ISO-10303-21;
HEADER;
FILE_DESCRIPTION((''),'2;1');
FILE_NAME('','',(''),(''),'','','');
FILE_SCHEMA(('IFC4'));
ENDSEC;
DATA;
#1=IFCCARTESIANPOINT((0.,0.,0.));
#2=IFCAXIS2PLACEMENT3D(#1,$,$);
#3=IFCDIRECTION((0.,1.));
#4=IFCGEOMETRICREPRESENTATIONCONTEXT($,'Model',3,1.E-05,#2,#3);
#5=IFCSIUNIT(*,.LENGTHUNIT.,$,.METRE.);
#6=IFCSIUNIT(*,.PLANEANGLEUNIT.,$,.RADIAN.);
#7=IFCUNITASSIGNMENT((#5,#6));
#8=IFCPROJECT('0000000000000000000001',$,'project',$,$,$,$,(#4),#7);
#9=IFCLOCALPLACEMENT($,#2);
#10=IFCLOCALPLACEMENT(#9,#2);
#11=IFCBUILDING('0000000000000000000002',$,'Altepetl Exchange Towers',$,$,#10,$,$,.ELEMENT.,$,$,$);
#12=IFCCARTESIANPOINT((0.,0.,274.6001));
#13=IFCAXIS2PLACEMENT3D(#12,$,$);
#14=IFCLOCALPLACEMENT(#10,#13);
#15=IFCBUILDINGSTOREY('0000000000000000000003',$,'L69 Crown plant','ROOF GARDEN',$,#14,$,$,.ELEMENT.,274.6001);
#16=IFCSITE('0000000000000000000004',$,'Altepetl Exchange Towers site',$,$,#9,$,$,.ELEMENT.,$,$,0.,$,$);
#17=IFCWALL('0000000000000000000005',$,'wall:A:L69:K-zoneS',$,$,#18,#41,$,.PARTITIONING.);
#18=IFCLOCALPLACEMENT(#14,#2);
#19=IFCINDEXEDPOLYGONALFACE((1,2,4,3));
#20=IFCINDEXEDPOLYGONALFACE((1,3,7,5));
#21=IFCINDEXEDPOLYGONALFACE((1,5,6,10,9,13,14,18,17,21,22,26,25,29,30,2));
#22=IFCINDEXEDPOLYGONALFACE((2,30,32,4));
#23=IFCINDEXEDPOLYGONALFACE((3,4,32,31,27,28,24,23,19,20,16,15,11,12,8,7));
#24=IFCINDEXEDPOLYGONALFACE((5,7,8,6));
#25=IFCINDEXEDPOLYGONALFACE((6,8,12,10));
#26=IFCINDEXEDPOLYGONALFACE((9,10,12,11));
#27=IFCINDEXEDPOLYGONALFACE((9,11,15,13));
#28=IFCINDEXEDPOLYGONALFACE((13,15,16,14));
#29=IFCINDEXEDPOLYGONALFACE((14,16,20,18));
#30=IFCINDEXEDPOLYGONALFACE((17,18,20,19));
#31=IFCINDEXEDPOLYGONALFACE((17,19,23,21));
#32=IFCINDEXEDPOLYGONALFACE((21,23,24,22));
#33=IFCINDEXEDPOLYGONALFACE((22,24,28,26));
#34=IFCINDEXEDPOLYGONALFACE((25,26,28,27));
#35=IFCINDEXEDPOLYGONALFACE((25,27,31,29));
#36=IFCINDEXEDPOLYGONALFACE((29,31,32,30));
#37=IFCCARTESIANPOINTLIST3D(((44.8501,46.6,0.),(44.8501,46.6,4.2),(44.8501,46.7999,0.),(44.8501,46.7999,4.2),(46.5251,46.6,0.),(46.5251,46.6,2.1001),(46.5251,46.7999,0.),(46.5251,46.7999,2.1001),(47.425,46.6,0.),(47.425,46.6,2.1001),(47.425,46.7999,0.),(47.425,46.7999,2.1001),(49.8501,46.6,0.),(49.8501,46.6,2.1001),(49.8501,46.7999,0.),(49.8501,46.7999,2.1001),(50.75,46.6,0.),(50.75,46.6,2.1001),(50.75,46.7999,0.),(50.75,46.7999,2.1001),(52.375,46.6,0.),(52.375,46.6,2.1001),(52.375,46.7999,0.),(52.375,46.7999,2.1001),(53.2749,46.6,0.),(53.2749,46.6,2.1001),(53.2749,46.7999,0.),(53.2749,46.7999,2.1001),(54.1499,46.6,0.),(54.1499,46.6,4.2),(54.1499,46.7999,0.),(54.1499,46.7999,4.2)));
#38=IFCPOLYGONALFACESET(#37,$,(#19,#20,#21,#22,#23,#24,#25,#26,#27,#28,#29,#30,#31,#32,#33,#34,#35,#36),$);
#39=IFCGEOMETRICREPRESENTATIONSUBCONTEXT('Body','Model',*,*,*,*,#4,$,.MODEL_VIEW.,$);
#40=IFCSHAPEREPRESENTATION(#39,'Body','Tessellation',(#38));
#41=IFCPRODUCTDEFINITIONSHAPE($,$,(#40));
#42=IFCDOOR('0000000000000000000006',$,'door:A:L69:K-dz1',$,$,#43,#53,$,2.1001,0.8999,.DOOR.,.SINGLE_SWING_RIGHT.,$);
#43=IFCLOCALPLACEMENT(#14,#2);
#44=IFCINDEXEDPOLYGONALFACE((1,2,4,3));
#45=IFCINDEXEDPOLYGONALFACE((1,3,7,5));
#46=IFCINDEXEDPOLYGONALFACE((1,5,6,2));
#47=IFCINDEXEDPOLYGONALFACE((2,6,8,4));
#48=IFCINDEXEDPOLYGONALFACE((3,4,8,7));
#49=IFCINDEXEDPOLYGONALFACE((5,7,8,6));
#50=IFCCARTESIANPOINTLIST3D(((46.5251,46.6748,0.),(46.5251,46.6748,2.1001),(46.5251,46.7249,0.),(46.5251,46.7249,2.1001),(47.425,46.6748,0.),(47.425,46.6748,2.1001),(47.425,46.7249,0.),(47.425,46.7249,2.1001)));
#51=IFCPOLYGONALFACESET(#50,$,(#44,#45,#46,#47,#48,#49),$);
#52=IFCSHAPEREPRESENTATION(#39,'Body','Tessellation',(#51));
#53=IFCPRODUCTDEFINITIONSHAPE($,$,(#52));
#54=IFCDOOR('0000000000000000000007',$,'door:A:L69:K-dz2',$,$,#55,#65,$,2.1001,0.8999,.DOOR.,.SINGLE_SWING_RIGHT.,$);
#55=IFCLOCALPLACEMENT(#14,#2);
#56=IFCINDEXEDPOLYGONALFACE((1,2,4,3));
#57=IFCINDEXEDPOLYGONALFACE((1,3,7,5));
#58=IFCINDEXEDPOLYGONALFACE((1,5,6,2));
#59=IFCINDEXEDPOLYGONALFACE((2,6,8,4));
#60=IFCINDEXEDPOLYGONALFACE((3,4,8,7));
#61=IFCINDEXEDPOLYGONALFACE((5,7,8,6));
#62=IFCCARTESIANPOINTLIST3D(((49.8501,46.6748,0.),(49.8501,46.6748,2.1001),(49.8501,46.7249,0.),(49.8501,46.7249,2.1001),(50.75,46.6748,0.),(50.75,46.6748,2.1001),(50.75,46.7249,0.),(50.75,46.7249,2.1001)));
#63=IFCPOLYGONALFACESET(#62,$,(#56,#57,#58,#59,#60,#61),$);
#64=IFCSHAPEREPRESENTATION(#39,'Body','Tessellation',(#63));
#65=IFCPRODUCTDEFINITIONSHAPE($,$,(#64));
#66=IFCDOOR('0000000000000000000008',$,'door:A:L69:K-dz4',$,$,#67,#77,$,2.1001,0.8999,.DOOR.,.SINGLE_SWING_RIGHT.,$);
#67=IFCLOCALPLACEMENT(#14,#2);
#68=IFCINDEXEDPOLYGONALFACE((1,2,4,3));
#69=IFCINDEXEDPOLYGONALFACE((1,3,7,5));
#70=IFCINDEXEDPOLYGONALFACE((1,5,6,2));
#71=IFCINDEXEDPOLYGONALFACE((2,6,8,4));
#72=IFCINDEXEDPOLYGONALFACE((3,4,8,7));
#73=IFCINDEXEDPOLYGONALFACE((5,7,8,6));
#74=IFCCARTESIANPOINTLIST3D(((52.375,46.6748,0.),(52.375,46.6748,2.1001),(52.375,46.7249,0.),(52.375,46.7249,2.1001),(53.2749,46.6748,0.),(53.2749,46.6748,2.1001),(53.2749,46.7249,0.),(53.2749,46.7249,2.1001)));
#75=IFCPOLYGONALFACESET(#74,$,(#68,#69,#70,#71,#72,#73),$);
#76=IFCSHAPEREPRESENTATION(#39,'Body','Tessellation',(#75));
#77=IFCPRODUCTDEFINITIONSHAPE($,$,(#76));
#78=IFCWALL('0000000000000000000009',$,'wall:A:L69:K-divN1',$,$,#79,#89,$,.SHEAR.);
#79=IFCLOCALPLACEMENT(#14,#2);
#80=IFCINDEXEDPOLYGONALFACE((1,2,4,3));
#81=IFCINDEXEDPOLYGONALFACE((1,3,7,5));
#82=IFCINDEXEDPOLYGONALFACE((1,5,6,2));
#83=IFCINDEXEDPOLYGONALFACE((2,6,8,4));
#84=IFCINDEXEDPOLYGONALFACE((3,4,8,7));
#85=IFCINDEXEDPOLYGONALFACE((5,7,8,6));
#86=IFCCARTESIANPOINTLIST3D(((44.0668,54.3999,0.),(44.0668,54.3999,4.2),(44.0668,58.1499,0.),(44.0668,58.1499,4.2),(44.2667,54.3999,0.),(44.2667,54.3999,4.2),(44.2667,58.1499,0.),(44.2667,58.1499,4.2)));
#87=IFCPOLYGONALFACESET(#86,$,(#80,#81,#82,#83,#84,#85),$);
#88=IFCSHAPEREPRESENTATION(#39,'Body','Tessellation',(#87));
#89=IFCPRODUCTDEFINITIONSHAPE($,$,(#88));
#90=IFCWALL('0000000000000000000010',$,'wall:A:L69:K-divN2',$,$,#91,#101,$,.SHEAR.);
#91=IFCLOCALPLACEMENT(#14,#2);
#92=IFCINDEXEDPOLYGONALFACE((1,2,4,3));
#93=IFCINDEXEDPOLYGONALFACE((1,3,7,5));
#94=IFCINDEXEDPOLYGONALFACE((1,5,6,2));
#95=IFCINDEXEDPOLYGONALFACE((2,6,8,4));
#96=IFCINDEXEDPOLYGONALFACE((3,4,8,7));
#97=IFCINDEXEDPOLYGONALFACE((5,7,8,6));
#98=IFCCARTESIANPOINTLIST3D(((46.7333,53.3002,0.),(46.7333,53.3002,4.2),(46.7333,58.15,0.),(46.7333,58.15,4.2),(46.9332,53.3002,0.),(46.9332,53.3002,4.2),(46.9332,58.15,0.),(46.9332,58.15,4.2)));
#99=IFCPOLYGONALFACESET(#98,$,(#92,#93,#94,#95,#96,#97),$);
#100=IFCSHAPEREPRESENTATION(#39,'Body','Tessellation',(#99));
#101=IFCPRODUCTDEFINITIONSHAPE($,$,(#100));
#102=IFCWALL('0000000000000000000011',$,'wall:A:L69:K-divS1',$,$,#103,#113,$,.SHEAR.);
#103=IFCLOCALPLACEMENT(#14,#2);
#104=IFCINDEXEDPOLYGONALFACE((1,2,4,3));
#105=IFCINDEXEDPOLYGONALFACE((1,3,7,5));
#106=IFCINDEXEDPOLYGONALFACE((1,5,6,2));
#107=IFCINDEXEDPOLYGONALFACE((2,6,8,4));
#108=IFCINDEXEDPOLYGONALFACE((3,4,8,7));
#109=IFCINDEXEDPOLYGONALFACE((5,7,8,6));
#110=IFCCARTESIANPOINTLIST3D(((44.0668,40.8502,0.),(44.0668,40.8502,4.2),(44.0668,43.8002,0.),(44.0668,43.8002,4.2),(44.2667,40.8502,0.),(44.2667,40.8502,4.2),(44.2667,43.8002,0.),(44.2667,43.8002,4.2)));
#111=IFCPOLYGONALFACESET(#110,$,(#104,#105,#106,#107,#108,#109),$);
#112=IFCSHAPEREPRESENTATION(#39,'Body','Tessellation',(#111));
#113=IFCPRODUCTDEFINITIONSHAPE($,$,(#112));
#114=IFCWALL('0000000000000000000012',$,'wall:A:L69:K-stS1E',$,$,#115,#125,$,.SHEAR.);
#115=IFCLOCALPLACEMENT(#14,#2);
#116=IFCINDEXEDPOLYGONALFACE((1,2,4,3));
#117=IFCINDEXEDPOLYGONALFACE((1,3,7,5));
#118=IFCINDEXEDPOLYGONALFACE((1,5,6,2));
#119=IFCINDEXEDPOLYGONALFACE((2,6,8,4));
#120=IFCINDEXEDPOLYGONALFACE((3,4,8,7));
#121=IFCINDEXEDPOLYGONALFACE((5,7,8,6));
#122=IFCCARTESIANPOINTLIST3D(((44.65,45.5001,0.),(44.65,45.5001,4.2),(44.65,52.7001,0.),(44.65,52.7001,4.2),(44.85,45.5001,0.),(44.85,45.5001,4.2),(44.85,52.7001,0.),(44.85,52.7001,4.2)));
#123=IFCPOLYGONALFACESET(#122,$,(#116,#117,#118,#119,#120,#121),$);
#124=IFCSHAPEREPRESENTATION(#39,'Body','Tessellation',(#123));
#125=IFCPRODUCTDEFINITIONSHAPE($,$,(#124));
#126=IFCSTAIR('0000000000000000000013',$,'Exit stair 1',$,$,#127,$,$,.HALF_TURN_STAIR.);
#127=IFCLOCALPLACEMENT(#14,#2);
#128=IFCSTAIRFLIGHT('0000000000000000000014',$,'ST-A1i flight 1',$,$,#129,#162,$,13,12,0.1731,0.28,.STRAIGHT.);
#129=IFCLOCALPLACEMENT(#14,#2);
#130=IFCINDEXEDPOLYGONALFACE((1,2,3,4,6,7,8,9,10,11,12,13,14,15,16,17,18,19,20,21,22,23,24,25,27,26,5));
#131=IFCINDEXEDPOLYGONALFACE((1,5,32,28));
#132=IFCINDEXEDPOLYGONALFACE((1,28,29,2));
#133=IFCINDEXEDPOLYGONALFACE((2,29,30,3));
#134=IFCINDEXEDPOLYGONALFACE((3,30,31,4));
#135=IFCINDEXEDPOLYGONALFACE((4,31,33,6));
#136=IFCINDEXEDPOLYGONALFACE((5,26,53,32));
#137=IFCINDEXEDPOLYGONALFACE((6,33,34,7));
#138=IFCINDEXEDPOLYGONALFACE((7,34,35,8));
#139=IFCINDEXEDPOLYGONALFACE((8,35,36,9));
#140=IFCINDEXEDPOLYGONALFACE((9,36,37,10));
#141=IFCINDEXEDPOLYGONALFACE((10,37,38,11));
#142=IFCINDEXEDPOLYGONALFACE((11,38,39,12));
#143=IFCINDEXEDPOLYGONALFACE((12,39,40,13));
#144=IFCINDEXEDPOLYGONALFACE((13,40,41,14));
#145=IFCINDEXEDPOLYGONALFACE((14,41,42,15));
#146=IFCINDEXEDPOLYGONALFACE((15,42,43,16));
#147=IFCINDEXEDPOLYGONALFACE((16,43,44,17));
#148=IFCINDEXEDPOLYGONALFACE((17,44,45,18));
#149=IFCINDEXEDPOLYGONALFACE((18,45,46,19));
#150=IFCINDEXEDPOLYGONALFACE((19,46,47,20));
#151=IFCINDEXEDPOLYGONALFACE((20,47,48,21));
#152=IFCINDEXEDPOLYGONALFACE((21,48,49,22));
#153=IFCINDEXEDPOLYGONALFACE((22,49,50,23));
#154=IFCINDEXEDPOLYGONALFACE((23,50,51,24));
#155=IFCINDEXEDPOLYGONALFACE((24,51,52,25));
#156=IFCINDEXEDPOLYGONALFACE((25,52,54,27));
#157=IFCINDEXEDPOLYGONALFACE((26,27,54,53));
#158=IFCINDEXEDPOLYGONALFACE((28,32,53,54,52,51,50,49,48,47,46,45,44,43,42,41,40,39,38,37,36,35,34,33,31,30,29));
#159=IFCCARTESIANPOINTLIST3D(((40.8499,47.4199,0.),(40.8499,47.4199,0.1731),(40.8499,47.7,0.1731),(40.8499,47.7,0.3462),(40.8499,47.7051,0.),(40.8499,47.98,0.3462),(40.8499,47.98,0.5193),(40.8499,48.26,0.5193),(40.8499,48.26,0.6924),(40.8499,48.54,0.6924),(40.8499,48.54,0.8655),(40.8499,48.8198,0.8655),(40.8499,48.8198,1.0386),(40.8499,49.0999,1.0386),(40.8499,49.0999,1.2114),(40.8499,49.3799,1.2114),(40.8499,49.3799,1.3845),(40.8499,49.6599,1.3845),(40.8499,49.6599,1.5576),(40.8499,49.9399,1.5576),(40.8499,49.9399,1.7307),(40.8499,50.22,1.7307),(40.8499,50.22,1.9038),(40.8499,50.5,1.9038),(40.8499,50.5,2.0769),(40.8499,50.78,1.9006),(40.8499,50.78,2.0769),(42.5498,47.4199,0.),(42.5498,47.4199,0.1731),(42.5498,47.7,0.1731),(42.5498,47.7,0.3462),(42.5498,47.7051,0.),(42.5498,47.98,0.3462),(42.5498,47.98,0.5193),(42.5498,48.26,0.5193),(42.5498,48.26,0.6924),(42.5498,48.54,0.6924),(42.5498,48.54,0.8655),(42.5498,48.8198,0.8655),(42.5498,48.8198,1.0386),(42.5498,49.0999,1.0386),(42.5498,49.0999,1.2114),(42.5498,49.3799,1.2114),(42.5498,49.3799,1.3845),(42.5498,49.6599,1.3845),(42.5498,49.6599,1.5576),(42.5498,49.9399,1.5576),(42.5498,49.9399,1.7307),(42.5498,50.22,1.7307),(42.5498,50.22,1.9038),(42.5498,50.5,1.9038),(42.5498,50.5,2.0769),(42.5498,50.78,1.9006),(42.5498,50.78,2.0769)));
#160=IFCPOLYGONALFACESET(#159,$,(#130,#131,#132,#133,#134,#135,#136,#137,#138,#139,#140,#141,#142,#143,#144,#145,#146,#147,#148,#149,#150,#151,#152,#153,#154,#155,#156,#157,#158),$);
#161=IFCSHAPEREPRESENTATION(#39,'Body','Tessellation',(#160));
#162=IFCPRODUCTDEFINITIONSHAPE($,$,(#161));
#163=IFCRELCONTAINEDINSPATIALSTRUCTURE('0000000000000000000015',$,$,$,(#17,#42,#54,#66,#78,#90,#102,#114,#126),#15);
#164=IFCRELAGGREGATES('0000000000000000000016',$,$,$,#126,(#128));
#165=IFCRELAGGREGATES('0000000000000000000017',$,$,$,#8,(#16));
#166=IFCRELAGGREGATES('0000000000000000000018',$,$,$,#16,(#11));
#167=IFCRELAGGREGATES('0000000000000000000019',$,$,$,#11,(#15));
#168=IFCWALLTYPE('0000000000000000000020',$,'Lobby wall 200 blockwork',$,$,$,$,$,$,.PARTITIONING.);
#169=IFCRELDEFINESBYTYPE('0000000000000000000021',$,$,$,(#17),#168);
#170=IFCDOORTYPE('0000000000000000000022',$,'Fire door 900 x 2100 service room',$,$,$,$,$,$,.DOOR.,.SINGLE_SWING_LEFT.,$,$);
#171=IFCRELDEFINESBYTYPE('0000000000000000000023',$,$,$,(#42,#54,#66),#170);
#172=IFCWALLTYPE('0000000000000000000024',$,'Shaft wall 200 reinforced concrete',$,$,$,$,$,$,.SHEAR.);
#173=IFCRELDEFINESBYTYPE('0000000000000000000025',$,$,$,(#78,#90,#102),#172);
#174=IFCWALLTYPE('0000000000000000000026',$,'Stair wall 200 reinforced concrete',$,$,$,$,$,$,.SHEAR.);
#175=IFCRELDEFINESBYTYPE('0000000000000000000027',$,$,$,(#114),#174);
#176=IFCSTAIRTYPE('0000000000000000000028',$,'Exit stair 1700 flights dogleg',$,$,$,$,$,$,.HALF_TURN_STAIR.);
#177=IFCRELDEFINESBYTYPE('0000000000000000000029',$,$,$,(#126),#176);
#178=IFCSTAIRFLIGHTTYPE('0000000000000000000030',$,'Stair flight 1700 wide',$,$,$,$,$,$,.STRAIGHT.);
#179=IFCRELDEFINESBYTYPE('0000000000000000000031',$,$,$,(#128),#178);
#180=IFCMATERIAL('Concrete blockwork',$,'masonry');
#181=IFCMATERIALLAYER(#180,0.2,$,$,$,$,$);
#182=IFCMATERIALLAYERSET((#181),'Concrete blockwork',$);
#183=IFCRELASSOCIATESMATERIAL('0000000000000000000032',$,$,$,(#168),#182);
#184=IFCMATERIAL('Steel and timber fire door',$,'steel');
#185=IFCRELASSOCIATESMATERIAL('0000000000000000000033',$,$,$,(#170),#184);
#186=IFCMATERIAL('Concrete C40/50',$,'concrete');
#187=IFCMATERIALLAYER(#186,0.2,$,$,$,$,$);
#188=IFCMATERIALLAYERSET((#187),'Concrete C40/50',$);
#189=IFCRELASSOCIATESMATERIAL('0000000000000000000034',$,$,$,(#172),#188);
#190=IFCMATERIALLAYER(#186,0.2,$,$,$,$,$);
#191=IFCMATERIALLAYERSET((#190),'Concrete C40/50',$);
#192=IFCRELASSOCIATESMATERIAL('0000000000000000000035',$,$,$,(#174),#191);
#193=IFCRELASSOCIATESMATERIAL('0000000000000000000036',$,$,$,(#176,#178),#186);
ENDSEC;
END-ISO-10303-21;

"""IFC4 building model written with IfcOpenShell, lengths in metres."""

from ifc_helpers import new_model, si_unit, direction, frame, frame_2d, origin, place, context, subcontext, project, spatial, polyline, rectangle, outline, extrude, material, layer, layer_set, type_object, element, fill, aggregate, save


model = new_model("IFC4")

# Units and contexts
model_context = context("Model", 3, precision=1e-05, world=origin(), true_north=direction((0.0, 1.0)))
body_context = subcontext(model_context, "Body", "Model", "MODEL_VIEW")
ifc_project = project(units=[si_unit("LENGTHUNIT", "METRE"), si_unit("PLANEANGLEUNIT", "RADIAN")], contexts=[model_context])

# Site, building, storey
site_placement = place(None, origin())
site = spatial("IfcSite", under=ifc_project, at=site_placement, Name="Altepetl Exchange Towers site", CompositionType="ELEMENT", RefElevation=0.0)
building_placement = place(site_placement, origin())
building = spatial("IfcBuilding", under=site, at=building_placement, Name="Altepetl Exchange Towers", CompositionType="ELEMENT")
storey_placement = place(building_placement, frame((0.0, 0.0, 274.6001)))
storey = spatial("IfcBuildingStorey", under=building, at=storey_placement, Name="L69 Crown plant", Description="ROOF GARDEN", CompositionType="ELEMENT", Elevation=274.6001)

# Shared definitions
ifc_material_1 = material(Name="Concrete blockwork", Category="masonry")
ifc_layer_1 = layer(ifc_material_1, 0.2)
ifc_layer_set_1 = layer_set([ifc_layer_1], Name="Concrete blockwork")
wall_type_1 = type_object("IfcWallType", Name="Lobby wall 200 blockwork", PredefinedType="PARTITIONING", material=ifc_layer_set_1)
ifc_material_2 = material(Name="Steel and timber fire door", Category="steel")
door_type = type_object("IfcDoorType", Name="Fire door 900 x 2100 service room", OperationType="SINGLE_SWING_LEFT", PredefinedType="DOOR", material=ifc_material_2)

# Wall, openings, doors
wall_1_placement = place(storey_placement, frame((44.8501, 46.7, 0.0)))
wall_1 = element("IfcWall", 1, at=wall_1_placement, inside=storey, type_object=wall_type_1, Name="wall:A:L69:K-zoneS", PredefinedType="PARTITIONING", context=body_context, shape_type="SweptSolid", body=[
    extrude(rectangle(XDim=9.2998, YDim=0.2, at=frame_2d((4.6499, 0.0))), origin(), (0.0, 0.0, 1.0), 4.2),
])
opening_1_placement = place(wall_1_placement, frame((1.675, 0.0, 0.0)))
opening_1 = element("IfcOpeningElement", 2, at=opening_1_placement, cuts=wall_1, PredefinedType="OPENING", context=body_context, shape_type="SweptSolid", body=[
    extrude(rectangle(XDim=0.8999, YDim=2.1001, at=frame_2d((0.45, 1.05))), frame((0.0, 0.1099, 0.0), z_axis=(0.0, -1.0, 0.0), x_axis=(1.0, 0.0, 0.0)), (0.0, 0.0, 1.0), 0.22),
])
opening_2_placement = place(wall_1_placement, frame((5.0, 0.0, 0.0)))
opening_2 = element("IfcOpeningElement", 3, at=opening_2_placement, cuts=wall_1, PredefinedType="OPENING", context=body_context, shape_type="SweptSolid", body=[
    extrude(rectangle(XDim=0.8999, YDim=2.1001, at=frame_2d((0.45, 1.05))), frame((0.0, 0.1099, 0.0), z_axis=(0.0, -1.0, 0.0), x_axis=(1.0, 0.0, 0.0)), (0.0, 0.0, 1.0), 0.22),
])
opening_3_placement = place(wall_1_placement, frame((7.5249, 0.0, 0.0)))
opening_3 = element("IfcOpeningElement", 4, at=opening_3_placement, cuts=wall_1, PredefinedType="OPENING", context=body_context, shape_type="SweptSolid", body=[
    extrude(rectangle(XDim=0.8999, YDim=2.1001, at=frame_2d((0.45, 1.05))), frame((0.0, 0.1099, 0.0), z_axis=(0.0, -1.0, 0.0), x_axis=(1.0, 0.0, 0.0)), (0.0, 0.0, 1.0), 0.22),
])
door_1_placement = place(opening_1_placement, origin())
door_1 = element("IfcDoor", 5, at=door_1_placement, inside=storey, type_object=door_type, Name="door:A:L69:K-dz1", OperationType="SINGLE_SWING_RIGHT", OverallHeight=2.1001, OverallWidth=0.8999, PredefinedType="DOOR", context=body_context, shape_type="SweptSolid", body=[
    extrude(rectangle(XDim=0.8999, YDim=2.1001, at=frame_2d((0.45, 1.05))), frame((0.0, 0.0249, 0.0), z_axis=(0.0, -1.0, 0.0), x_axis=(1.0, 0.0, 0.0)), (0.0, 0.0, 1.0), 0.05),
])
fill(opening_1, door_1)
door_2_placement = place(opening_2_placement, origin())
door_2 = element("IfcDoor", 6, at=door_2_placement, inside=storey, type_object=door_type, Name="door:A:L69:K-dz2", OperationType="SINGLE_SWING_RIGHT", OverallHeight=2.1001, OverallWidth=0.8999, PredefinedType="DOOR", context=body_context, shape_type="SweptSolid", body=[
    extrude(rectangle(XDim=0.8999, YDim=2.1001, at=frame_2d((0.45, 1.05))), frame((0.0, 0.0249, 0.0), z_axis=(0.0, -1.0, 0.0), x_axis=(1.0, 0.0, 0.0)), (0.0, 0.0, 1.0), 0.05),
])
fill(opening_2, door_2)
door_3_placement = place(opening_3_placement, origin())
door_3 = element("IfcDoor", 7, at=door_3_placement, inside=storey, type_object=door_type, Name="door:A:L69:K-dz4", OperationType="SINGLE_SWING_RIGHT", OverallHeight=2.1001, OverallWidth=0.8999, PredefinedType="DOOR", context=body_context, shape_type="SweptSolid", body=[
    extrude(rectangle(XDim=0.8999, YDim=2.1001, at=frame_2d((0.45, 1.05))), frame((0.0, 0.0249, 0.0), z_axis=(0.0, -1.0, 0.0), x_axis=(1.0, 0.0, 0.0)), (0.0, 0.0, 1.0), 0.05),
])
fill(opening_3, door_3)

# Walls
ifc_material_3 = material(Name="Concrete C40/50", Category="concrete")
ifc_layer_2 = layer(ifc_material_3, 0.2)
ifc_layer_set_2 = layer_set([ifc_layer_2], Name="Concrete C40/50")
wall_type_2 = type_object("IfcWallType", Name="Shaft wall 200 reinforced concrete", PredefinedType="SHEAR", material=ifc_layer_set_2)
wall_2_placement = place(storey_placement, frame((44.1667, 58.1499, 0.0), z_axis=(0.0, 0.0, 1.0), x_axis=(0.0, -1.0, 0.0)))
element("IfcWall", 8, at=wall_2_placement, inside=storey, type_object=wall_type_2, Name="wall:A:L69:K-divN1", PredefinedType="SHEAR", context=body_context, shape_type="SweptSolid", body=[
    extrude(rectangle(XDim=3.75, YDim=0.2, at=frame_2d((1.875, 0.0))), origin(), (0.0, 0.0, 1.0), 4.2),
])
wall_3_placement = place(storey_placement, frame((46.8333, 58.1499, 0.0), z_axis=(0.0, 0.0, 1.0), x_axis=(0.0, -1.0, 0.0)))
element("IfcWall", 9, at=wall_3_placement, inside=storey, type_object=wall_type_2, Name="wall:A:L69:K-divN2", PredefinedType="SHEAR", context=body_context, shape_type="SweptSolid", body=[
    extrude(rectangle(XDim=4.8499, YDim=0.2, at=frame_2d((2.4248, 0.0))), origin(), (0.0, 0.0, 1.0), 4.2),
])
wall_4_placement = place(storey_placement, frame((44.1667, 40.8501, 0.0), z_axis=(0.0, 0.0, 1.0), x_axis=(0.0, 1.0, 0.0)))
element("IfcWall", 10, at=wall_4_placement, inside=storey, type_object=wall_type_2, Name="wall:A:L69:K-divS1", PredefinedType="SHEAR", context=body_context, shape_type="SweptSolid", body=[
    extrude(rectangle(XDim=2.95, YDim=0.2, at=frame_2d((1.4751, 0.0))), origin(), (0.0, 0.0, 1.0), 4.2),
])
ifc_layer_3 = layer(ifc_material_3, 0.2)
ifc_layer_set_3 = layer_set([ifc_layer_3], Name="Concrete C40/50")
wall_type_3 = type_object("IfcWallType", Name="Stair wall 200 reinforced concrete", PredefinedType="SHEAR", material=ifc_layer_set_3)
wall_5_placement = place(storey_placement, frame((44.75, 45.5, 0.0), z_axis=(0.0, 0.0, 1.0), x_axis=(0.0, 1.0, 0.0)))
element("IfcWall", 11, at=wall_5_placement, inside=storey, type_object=wall_type_3, Name="wall:A:L69:K-stS1E", PredefinedType="SHEAR", context=body_context, shape_type="SweptSolid", body=[
    extrude(rectangle(XDim=7.2, YDim=0.2, at=frame_2d((3.6001, 0.0))), origin(), (0.0, 0.0, 1.0), 4.2),
])

# Stair, stair flight
stair_type = type_object("IfcStairType", Name="Exit stair 1700 flights dogleg", PredefinedType="HALF_TURN_STAIR", material=ifc_material_3)
stair_placement = place(storey_placement, origin())
stair = element("IfcStair", 12, at=stair_placement, inside=storey, type_object=stair_type, Name="Exit stair 1", PredefinedType="HALF_TURN_STAIR")
stair_flight_type = type_object("IfcStairFlightType", Name="Stair flight 1700 wide", PredefinedType="STRAIGHT", material=ifc_material_3)
stair_flight_1_placement = place(storey_placement, frame((41.7, 47.4199, 0.0), z_axis=(0.0, 0.0, 1.0), x_axis=(0.0, 1.0, 0.0)))
stair_flight_1 = element("IfcStairFlight", 13, at=stair_flight_1_placement, type_object=stair_flight_type, Name="ST-A1i flight 1", NumberOfRisers=13, NumberOfTreads=12, PredefinedType="STRAIGHT", RiserHeight=0.1731, TreadLength=0.28, context=body_context, shape_type="SweptSolid", body=[
    extrude(outline(polyline([(0.0, 0.0), (0.0, 0.1731), (0.28, 0.1731), (0.28, 0.3462), (0.5601, 0.3462), (0.5601, 0.5193), (0.8401, 0.5193), (0.8401, 0.6924), (1.1201, 0.6924), (1.1201, 0.8655), (1.3999, 0.8655), (1.3999, 1.0386), (1.6799, 1.0386), (1.6799, 1.2114), (1.96, 1.2114), (1.96, 1.3845), (2.24, 1.3845), (2.24, 1.5576), (2.52, 1.5576), (2.52, 1.7307), (2.8, 1.7307), (2.8, 1.9038), (3.0801, 1.9038), (3.0801, 2.0769), (3.3601, 2.0769), (3.3601, 2.25), (3.3601, 1.9006), (0.2852, 0.0), (0.0, 0.0)])), frame((0.0, 0.8501, 0.0), z_axis=(0.0, -1.0, 0.0), x_axis=(1.0, 0.0, 0.0)), (0.0, 0.0, 1.0), 1.7),
])
aggregate(stair, [stair_flight_1])

save(model, "model.ifc")
